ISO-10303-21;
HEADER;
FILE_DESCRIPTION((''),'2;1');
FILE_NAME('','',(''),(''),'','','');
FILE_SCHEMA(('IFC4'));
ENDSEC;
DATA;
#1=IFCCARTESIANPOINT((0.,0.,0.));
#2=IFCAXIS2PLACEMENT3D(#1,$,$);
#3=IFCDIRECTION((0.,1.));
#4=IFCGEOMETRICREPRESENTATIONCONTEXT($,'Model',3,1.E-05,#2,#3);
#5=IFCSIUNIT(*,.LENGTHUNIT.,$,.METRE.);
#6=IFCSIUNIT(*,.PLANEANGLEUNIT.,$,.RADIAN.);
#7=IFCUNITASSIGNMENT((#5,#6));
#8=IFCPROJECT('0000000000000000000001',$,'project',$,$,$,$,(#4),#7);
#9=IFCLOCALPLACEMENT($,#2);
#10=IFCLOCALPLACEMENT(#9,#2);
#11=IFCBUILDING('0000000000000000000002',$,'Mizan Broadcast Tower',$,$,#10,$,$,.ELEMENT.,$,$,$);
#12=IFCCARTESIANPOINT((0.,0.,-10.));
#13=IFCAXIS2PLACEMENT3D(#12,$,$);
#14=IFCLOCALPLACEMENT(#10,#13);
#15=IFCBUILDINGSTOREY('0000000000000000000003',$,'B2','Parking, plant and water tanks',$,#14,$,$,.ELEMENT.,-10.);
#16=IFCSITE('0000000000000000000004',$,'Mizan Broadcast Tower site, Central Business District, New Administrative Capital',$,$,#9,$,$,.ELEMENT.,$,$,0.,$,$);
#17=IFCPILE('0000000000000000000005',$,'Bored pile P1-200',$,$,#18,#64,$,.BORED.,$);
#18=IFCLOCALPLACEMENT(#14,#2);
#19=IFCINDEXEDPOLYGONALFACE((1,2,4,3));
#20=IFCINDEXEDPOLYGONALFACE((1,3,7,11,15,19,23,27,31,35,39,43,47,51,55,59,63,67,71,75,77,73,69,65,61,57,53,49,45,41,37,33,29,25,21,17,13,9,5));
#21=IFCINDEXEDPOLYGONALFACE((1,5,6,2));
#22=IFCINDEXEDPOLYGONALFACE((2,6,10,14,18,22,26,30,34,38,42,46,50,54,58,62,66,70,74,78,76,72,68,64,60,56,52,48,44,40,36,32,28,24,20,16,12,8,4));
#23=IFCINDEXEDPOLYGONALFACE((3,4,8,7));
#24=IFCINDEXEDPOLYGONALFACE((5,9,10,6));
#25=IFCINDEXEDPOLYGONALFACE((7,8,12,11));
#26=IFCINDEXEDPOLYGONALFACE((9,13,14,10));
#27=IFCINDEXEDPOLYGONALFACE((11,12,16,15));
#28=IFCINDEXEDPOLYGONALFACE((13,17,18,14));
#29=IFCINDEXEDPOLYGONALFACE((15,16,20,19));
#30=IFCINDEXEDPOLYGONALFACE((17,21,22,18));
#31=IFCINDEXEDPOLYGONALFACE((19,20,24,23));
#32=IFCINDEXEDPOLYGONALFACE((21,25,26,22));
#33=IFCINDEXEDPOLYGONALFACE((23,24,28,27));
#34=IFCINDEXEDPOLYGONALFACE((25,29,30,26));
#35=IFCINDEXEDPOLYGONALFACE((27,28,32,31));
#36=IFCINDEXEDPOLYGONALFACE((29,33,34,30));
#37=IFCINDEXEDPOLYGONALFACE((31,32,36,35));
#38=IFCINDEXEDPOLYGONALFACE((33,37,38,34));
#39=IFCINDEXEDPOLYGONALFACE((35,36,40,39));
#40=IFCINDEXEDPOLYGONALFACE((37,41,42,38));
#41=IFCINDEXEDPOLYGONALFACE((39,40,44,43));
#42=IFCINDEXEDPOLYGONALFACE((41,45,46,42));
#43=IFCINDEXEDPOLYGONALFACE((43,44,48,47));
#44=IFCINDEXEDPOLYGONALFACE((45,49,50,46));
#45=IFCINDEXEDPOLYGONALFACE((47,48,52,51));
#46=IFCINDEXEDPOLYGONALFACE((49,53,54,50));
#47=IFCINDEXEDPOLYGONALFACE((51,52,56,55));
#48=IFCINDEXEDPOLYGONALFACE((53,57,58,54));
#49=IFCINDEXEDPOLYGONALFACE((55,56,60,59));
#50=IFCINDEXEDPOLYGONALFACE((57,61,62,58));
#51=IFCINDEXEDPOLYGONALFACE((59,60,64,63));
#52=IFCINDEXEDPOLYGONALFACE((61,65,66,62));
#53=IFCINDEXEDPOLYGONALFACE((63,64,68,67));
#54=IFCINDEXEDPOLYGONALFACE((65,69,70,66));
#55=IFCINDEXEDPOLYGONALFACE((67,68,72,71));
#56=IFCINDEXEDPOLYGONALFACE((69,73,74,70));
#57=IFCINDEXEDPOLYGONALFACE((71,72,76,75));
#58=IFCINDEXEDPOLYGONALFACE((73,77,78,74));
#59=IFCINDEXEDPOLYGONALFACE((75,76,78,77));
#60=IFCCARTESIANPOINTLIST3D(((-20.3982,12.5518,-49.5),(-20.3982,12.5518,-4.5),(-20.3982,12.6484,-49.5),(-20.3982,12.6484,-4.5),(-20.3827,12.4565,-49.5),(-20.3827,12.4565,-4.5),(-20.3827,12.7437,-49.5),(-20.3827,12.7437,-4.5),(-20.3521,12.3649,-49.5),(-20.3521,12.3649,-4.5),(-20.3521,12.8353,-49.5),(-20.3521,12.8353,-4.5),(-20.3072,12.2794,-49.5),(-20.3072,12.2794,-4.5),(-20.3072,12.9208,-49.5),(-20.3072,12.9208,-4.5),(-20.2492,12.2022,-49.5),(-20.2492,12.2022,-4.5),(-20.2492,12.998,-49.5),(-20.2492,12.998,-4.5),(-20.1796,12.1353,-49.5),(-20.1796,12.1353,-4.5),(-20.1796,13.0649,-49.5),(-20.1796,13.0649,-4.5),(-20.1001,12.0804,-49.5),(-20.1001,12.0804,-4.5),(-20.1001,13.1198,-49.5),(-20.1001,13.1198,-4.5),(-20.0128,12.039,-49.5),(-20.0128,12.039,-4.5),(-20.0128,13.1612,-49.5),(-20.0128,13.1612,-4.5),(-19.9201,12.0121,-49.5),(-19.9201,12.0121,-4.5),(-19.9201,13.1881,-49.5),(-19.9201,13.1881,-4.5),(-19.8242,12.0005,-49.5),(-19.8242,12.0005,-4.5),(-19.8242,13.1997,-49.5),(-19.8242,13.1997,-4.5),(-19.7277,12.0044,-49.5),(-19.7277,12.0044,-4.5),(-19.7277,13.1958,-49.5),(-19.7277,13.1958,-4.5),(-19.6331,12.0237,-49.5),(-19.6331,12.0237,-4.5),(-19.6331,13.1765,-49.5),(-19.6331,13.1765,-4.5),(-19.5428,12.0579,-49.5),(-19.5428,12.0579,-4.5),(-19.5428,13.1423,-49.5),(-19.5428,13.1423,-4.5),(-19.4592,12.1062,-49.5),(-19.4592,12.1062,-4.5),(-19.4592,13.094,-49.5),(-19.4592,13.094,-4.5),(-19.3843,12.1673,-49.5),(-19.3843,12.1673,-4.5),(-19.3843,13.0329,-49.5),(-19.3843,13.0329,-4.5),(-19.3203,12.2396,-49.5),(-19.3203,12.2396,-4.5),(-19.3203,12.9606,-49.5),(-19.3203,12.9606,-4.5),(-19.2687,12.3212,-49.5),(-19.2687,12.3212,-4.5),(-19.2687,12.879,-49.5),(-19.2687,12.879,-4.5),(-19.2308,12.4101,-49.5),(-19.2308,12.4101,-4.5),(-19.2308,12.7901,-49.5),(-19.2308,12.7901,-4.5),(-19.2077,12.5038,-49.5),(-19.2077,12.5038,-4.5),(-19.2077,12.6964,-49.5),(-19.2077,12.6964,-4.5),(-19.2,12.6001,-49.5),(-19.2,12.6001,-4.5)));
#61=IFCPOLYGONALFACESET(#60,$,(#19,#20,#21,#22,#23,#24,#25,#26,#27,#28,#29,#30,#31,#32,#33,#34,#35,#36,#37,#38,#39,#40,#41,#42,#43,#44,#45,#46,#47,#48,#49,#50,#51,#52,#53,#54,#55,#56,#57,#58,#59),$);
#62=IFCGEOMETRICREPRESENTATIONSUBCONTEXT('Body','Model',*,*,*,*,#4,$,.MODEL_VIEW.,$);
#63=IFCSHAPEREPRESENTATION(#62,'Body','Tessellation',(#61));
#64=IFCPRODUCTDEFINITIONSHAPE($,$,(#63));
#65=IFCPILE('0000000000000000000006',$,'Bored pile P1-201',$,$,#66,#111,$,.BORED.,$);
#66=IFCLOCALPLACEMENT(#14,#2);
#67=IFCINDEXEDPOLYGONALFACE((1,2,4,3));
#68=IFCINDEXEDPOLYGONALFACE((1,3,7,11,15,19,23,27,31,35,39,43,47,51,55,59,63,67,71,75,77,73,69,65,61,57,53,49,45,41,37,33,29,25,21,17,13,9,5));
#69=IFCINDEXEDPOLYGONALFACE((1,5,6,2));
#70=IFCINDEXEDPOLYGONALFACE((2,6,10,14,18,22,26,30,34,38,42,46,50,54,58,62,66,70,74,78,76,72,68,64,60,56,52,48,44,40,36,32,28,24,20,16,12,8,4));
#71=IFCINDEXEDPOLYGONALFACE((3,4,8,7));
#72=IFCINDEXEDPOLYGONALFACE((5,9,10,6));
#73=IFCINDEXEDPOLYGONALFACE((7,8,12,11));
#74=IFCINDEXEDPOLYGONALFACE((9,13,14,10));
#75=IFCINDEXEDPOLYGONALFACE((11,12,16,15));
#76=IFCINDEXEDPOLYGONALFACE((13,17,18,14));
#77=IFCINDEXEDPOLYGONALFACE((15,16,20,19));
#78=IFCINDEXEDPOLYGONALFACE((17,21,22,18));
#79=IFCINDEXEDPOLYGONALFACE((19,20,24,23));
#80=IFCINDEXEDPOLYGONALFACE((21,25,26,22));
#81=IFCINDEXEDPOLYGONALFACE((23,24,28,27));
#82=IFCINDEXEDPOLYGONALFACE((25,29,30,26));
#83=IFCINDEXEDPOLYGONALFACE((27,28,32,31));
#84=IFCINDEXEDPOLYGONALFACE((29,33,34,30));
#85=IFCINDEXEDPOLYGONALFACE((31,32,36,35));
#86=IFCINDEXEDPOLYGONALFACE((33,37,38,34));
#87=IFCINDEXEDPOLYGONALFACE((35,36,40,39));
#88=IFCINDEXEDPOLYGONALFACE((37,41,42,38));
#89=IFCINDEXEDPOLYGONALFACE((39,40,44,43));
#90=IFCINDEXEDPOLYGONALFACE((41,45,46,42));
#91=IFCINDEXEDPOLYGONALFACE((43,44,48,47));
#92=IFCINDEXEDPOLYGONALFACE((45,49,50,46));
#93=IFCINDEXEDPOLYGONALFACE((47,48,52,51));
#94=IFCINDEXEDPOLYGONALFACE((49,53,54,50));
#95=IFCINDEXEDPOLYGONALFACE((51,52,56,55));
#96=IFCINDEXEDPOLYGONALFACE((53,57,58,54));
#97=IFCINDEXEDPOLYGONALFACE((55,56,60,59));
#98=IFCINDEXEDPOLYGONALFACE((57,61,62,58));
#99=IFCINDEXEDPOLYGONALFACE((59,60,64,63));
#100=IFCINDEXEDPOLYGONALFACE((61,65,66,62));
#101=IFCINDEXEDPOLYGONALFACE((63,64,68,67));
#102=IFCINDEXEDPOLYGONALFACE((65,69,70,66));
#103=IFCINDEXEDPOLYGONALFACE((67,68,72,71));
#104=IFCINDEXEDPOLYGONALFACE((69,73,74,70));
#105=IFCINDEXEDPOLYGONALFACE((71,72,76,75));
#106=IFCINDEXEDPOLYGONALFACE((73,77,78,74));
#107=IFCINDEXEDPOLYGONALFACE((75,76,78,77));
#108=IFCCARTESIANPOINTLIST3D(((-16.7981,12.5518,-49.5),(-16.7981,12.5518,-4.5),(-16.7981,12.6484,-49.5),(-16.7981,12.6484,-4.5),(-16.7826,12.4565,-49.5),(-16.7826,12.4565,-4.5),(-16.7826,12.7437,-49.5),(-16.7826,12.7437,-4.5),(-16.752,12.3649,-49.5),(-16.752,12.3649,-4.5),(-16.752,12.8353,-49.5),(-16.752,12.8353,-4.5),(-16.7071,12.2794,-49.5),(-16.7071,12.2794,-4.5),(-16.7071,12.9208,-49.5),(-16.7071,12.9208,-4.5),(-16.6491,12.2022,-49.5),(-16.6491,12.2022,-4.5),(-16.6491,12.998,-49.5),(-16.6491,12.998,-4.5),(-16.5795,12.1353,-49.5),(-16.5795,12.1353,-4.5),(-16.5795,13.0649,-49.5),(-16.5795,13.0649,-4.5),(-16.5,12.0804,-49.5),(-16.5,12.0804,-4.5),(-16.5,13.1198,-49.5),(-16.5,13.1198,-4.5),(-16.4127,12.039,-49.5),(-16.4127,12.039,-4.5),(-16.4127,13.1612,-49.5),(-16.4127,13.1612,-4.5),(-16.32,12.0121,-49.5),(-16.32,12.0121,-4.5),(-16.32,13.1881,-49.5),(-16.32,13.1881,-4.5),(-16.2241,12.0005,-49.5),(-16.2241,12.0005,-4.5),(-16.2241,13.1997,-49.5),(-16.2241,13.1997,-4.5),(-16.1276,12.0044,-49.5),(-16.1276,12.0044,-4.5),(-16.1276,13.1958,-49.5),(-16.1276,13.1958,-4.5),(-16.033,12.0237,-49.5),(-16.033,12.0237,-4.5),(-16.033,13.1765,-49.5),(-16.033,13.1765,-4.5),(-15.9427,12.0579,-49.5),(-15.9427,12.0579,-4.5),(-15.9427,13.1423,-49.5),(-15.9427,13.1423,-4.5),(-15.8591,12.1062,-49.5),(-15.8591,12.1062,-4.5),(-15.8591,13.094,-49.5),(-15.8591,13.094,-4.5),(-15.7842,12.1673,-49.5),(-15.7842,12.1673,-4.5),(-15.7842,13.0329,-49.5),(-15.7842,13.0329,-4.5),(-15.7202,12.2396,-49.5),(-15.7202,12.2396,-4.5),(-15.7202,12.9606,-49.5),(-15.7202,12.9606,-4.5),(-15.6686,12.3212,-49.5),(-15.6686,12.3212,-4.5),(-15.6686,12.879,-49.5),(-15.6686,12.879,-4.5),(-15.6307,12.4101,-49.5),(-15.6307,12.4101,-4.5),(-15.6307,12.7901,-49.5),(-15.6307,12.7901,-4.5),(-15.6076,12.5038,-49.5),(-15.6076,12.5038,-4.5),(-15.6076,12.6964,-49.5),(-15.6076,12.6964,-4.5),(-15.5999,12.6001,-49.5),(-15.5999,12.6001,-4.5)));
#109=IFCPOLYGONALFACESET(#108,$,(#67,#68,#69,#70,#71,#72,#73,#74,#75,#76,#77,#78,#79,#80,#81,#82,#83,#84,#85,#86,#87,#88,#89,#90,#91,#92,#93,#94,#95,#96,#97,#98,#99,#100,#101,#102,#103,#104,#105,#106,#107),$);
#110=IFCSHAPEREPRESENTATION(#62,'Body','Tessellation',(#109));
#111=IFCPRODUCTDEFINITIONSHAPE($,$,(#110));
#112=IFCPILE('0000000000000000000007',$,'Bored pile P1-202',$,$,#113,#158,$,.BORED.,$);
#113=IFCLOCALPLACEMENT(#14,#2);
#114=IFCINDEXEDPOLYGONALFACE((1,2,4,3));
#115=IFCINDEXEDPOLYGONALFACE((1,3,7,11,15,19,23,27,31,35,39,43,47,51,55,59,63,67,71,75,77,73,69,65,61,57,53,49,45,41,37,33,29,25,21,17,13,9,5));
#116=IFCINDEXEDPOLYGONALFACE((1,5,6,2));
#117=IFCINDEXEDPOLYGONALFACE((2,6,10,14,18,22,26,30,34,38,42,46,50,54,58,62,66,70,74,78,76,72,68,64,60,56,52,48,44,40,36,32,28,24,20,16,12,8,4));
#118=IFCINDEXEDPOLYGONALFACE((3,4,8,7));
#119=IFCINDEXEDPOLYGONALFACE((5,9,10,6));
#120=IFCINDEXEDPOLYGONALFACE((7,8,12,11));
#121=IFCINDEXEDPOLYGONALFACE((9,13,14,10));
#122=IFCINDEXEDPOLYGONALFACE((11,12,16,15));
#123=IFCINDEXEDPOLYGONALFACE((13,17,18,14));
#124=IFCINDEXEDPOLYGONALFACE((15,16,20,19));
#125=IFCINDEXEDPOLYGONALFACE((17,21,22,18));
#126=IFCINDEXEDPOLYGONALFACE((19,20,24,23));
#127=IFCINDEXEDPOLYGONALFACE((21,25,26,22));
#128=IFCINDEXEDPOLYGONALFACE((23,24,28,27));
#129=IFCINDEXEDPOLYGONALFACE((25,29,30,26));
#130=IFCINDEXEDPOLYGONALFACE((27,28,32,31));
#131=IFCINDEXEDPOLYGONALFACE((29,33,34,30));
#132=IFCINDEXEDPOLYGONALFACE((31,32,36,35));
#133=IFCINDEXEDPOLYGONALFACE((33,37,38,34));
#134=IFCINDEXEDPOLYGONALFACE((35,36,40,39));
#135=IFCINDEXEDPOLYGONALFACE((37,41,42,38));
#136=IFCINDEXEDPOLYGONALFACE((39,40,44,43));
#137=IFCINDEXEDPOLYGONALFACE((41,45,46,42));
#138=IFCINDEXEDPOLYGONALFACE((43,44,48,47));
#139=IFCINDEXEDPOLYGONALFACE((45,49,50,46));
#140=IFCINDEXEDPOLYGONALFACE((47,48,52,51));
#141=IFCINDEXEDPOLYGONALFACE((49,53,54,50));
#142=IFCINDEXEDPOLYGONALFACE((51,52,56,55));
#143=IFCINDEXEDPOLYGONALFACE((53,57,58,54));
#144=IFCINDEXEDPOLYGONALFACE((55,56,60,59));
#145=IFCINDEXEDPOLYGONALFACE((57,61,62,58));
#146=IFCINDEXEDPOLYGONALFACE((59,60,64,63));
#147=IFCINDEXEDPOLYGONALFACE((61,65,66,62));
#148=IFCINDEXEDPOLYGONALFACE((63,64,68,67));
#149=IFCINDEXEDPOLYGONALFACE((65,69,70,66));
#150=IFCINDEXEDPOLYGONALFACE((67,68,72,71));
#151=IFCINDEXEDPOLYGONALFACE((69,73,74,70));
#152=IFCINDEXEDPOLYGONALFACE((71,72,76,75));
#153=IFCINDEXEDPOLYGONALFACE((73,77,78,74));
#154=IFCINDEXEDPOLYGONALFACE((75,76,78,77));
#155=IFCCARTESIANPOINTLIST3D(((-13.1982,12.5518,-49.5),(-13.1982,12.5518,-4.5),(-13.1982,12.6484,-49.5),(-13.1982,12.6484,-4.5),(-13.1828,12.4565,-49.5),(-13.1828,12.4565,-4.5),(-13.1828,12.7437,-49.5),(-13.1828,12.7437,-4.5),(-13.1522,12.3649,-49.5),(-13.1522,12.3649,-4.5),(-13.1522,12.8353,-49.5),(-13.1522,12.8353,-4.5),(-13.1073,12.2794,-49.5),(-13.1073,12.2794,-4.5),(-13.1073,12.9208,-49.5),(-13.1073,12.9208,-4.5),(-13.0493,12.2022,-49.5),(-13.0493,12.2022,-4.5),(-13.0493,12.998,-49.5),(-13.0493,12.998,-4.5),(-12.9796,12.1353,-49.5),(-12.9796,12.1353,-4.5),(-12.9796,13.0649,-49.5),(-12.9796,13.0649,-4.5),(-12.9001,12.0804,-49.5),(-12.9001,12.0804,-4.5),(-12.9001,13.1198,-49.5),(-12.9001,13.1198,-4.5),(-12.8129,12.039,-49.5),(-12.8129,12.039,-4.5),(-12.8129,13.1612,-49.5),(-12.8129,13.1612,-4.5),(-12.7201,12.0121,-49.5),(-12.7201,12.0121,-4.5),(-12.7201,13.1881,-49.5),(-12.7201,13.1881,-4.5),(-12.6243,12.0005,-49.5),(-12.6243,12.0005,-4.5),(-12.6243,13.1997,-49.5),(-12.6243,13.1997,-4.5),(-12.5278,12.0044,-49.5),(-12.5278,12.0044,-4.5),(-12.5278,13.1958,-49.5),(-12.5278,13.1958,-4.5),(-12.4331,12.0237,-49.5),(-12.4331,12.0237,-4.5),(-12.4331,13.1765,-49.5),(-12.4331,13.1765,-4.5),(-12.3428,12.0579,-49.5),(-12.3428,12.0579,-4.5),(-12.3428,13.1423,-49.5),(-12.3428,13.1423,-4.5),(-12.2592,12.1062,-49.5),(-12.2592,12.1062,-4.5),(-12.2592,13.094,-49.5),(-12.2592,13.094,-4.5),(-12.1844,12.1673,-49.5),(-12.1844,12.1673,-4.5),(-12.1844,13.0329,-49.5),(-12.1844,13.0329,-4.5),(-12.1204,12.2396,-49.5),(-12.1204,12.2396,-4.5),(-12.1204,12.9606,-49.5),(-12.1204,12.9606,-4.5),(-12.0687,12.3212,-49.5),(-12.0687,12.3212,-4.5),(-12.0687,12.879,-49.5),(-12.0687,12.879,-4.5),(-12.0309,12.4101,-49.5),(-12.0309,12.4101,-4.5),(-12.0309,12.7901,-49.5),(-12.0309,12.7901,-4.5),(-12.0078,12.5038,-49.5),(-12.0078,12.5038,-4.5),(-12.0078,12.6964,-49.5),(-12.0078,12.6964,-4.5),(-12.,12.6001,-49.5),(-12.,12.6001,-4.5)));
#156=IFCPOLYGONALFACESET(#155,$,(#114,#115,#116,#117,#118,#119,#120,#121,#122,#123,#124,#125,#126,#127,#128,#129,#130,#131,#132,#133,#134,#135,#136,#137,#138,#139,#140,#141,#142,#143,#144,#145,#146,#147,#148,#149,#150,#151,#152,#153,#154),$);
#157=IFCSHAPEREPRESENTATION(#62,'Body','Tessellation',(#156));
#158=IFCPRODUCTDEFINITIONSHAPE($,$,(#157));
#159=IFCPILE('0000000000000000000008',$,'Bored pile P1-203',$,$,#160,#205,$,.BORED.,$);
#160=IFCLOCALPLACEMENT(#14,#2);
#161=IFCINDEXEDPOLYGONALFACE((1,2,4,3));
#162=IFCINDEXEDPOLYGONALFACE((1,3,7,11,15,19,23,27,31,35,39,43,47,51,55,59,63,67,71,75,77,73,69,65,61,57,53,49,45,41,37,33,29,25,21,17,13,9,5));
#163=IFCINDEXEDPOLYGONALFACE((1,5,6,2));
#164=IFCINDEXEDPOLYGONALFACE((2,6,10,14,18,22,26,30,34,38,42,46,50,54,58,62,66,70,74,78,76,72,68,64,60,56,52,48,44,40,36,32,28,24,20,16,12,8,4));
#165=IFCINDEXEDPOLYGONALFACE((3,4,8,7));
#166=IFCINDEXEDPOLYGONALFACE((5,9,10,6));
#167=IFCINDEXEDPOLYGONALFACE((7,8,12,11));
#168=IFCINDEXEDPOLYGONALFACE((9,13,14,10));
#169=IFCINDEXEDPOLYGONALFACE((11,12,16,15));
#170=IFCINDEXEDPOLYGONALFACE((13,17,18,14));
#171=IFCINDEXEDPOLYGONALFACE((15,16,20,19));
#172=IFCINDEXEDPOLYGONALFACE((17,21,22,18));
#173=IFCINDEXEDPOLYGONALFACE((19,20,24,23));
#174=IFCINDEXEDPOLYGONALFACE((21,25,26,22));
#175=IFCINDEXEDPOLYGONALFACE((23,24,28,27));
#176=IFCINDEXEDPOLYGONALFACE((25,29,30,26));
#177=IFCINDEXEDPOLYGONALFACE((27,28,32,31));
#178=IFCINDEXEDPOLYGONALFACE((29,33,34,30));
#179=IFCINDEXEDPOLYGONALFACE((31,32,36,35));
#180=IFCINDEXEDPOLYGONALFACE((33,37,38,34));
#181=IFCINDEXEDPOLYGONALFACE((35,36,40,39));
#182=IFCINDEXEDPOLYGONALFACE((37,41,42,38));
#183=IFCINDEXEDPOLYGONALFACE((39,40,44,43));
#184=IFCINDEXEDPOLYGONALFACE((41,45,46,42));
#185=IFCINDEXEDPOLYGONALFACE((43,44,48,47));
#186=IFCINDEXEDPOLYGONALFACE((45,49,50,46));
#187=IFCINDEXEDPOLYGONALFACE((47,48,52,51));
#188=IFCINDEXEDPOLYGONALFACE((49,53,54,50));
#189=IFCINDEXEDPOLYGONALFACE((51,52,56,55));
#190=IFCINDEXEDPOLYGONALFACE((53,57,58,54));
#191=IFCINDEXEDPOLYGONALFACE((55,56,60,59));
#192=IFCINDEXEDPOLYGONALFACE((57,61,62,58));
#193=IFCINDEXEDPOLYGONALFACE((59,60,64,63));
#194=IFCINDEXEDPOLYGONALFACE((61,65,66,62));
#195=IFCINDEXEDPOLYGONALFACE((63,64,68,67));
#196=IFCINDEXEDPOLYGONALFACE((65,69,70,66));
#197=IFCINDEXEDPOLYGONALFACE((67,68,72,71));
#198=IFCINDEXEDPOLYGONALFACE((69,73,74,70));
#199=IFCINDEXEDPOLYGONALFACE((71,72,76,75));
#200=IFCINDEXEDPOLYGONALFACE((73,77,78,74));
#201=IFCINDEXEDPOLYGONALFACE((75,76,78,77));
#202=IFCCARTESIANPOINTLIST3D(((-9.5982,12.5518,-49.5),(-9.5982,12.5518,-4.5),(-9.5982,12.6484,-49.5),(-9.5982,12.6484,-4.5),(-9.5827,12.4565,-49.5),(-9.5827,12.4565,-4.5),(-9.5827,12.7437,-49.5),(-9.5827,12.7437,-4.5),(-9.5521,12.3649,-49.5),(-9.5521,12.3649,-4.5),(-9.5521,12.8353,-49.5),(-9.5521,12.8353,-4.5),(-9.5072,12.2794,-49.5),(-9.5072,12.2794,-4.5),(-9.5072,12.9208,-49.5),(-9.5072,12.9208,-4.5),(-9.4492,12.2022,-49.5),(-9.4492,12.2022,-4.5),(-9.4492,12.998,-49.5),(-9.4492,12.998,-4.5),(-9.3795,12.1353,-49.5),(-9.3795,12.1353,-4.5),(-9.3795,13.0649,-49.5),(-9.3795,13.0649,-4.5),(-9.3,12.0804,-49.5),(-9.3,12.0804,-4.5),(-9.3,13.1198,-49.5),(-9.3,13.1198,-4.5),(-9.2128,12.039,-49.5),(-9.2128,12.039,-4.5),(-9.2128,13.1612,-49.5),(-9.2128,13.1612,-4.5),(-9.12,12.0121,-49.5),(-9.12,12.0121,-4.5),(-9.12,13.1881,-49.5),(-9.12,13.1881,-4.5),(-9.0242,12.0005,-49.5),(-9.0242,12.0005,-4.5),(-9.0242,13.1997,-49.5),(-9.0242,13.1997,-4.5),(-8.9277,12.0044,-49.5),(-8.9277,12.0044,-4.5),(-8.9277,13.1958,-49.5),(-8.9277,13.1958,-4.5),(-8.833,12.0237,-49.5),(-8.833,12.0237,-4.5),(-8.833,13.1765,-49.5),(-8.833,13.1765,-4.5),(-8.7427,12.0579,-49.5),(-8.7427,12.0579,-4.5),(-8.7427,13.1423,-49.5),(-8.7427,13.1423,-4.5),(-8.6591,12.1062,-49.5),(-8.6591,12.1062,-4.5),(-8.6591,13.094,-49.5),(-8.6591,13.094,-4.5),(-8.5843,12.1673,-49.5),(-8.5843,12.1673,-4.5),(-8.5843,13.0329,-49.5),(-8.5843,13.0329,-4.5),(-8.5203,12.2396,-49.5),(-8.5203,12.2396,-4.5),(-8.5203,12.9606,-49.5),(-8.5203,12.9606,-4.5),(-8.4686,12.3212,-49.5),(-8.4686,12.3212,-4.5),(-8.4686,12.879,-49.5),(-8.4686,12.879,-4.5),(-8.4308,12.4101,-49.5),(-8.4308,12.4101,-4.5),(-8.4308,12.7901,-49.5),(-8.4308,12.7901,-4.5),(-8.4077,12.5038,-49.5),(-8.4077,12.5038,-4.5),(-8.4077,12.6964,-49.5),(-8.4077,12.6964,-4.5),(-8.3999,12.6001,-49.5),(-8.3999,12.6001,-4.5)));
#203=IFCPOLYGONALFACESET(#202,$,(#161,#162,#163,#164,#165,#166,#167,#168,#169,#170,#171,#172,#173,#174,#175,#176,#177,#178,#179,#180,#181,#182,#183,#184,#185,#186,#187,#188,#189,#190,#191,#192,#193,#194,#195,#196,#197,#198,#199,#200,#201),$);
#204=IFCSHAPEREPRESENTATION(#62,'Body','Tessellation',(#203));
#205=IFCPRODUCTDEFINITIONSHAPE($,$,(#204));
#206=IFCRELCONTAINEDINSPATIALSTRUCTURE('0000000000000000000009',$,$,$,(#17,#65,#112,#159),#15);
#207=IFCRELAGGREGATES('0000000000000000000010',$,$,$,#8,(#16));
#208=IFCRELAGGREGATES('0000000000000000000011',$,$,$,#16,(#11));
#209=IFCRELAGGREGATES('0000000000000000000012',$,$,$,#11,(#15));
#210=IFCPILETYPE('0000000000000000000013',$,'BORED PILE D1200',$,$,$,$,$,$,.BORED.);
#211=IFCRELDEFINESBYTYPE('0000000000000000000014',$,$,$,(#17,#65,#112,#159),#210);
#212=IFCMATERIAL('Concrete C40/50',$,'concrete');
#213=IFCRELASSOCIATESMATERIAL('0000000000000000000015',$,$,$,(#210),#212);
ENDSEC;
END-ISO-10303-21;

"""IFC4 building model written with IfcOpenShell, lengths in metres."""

from ifc_helpers import new_model, si_unit, direction, frame, origin, origin_2d, place, context, subcontext, project, spatial, circle, extrude, material, material_profile, profile_set, type_object, element, save


model = new_model("IFC4")

# Units and contexts
model_context = context("Model", 3, precision=1e-05, world=origin(), true_north=direction((0.0, 1.0)))
body_context = subcontext(model_context, "Body", "Model", "MODEL_VIEW")
ifc_project = project(units=[si_unit("LENGTHUNIT", "METRE"), si_unit("PLANEANGLEUNIT", "RADIAN")], contexts=[model_context])

# Site, building, storey
site_placement = place(None, origin())
site = spatial("IfcSite", under=ifc_project, at=site_placement, Name="Mizan Broadcast Tower site, Central Business District, New Administrative Capital", CompositionType="ELEMENT", RefElevation=0.0)
building_placement = place(site_placement, origin())
building = spatial("IfcBuilding", under=site, at=building_placement, Name="Mizan Broadcast Tower", CompositionType="ELEMENT")
storey_placement = place(building_placement, frame((0.0, 0.0, -10.0)))
storey = spatial("IfcBuildingStorey", under=building, at=storey_placement, Name="B2", Description="Parking, plant and water tanks", CompositionType="ELEMENT", Elevation=-10.0)

# Piles
ifc_material_1 = material(Name="Concrete C40/50", Category="concrete")
ifc_material_profile_1 = material_profile(ifc_material_1, circle(Radius=0.6001, at=origin_2d()), Name="D1200")
ifc_profile_set_1 = profile_set([ifc_material_profile_1], Name="Concrete C40/50")
pile_type_1 = type_object("IfcPileType", Name="BORED PILE D1200", PredefinedType="BORED", material=ifc_profile_set_1)
for number, where, z_axis, x_axis, name in (
    (1, (-19.8, 12.6001, -4.5), (0.0, 0.0, -1.0), (1.0, 0.0, 0.0), "Bored pile P1-200"),
    (2, (-16.2, 12.6001, -4.5), (0.0, 0.0, -1.0), (1.0, 0.0, 0.0), "Bored pile P1-201"),
    (3, (-12.6001, 12.6001, -4.5), (0.0, 0.0, -1.0), (1.0, 0.0, 0.0), "Bored pile P1-202"),
    (4, (-9.0, 12.6001, -4.5), (0.0, 0.0, -1.0), (1.0, 0.0, 0.0), "Bored pile P1-203"),
):
    element("IfcPile", number, at=place(storey_placement, frame(where, z_axis=z_axis, x_axis=x_axis)), inside=storey, type_object=pile_type_1, Name=name, PredefinedType="BORED", context=body_context, shape_type="SweptSolid", body=[
        extrude(circle(Radius=0.6001, at=origin_2d()), origin(), (0.0, 0.0, 1.0), 45.0),
    ])

save(model, "model.ifc")
